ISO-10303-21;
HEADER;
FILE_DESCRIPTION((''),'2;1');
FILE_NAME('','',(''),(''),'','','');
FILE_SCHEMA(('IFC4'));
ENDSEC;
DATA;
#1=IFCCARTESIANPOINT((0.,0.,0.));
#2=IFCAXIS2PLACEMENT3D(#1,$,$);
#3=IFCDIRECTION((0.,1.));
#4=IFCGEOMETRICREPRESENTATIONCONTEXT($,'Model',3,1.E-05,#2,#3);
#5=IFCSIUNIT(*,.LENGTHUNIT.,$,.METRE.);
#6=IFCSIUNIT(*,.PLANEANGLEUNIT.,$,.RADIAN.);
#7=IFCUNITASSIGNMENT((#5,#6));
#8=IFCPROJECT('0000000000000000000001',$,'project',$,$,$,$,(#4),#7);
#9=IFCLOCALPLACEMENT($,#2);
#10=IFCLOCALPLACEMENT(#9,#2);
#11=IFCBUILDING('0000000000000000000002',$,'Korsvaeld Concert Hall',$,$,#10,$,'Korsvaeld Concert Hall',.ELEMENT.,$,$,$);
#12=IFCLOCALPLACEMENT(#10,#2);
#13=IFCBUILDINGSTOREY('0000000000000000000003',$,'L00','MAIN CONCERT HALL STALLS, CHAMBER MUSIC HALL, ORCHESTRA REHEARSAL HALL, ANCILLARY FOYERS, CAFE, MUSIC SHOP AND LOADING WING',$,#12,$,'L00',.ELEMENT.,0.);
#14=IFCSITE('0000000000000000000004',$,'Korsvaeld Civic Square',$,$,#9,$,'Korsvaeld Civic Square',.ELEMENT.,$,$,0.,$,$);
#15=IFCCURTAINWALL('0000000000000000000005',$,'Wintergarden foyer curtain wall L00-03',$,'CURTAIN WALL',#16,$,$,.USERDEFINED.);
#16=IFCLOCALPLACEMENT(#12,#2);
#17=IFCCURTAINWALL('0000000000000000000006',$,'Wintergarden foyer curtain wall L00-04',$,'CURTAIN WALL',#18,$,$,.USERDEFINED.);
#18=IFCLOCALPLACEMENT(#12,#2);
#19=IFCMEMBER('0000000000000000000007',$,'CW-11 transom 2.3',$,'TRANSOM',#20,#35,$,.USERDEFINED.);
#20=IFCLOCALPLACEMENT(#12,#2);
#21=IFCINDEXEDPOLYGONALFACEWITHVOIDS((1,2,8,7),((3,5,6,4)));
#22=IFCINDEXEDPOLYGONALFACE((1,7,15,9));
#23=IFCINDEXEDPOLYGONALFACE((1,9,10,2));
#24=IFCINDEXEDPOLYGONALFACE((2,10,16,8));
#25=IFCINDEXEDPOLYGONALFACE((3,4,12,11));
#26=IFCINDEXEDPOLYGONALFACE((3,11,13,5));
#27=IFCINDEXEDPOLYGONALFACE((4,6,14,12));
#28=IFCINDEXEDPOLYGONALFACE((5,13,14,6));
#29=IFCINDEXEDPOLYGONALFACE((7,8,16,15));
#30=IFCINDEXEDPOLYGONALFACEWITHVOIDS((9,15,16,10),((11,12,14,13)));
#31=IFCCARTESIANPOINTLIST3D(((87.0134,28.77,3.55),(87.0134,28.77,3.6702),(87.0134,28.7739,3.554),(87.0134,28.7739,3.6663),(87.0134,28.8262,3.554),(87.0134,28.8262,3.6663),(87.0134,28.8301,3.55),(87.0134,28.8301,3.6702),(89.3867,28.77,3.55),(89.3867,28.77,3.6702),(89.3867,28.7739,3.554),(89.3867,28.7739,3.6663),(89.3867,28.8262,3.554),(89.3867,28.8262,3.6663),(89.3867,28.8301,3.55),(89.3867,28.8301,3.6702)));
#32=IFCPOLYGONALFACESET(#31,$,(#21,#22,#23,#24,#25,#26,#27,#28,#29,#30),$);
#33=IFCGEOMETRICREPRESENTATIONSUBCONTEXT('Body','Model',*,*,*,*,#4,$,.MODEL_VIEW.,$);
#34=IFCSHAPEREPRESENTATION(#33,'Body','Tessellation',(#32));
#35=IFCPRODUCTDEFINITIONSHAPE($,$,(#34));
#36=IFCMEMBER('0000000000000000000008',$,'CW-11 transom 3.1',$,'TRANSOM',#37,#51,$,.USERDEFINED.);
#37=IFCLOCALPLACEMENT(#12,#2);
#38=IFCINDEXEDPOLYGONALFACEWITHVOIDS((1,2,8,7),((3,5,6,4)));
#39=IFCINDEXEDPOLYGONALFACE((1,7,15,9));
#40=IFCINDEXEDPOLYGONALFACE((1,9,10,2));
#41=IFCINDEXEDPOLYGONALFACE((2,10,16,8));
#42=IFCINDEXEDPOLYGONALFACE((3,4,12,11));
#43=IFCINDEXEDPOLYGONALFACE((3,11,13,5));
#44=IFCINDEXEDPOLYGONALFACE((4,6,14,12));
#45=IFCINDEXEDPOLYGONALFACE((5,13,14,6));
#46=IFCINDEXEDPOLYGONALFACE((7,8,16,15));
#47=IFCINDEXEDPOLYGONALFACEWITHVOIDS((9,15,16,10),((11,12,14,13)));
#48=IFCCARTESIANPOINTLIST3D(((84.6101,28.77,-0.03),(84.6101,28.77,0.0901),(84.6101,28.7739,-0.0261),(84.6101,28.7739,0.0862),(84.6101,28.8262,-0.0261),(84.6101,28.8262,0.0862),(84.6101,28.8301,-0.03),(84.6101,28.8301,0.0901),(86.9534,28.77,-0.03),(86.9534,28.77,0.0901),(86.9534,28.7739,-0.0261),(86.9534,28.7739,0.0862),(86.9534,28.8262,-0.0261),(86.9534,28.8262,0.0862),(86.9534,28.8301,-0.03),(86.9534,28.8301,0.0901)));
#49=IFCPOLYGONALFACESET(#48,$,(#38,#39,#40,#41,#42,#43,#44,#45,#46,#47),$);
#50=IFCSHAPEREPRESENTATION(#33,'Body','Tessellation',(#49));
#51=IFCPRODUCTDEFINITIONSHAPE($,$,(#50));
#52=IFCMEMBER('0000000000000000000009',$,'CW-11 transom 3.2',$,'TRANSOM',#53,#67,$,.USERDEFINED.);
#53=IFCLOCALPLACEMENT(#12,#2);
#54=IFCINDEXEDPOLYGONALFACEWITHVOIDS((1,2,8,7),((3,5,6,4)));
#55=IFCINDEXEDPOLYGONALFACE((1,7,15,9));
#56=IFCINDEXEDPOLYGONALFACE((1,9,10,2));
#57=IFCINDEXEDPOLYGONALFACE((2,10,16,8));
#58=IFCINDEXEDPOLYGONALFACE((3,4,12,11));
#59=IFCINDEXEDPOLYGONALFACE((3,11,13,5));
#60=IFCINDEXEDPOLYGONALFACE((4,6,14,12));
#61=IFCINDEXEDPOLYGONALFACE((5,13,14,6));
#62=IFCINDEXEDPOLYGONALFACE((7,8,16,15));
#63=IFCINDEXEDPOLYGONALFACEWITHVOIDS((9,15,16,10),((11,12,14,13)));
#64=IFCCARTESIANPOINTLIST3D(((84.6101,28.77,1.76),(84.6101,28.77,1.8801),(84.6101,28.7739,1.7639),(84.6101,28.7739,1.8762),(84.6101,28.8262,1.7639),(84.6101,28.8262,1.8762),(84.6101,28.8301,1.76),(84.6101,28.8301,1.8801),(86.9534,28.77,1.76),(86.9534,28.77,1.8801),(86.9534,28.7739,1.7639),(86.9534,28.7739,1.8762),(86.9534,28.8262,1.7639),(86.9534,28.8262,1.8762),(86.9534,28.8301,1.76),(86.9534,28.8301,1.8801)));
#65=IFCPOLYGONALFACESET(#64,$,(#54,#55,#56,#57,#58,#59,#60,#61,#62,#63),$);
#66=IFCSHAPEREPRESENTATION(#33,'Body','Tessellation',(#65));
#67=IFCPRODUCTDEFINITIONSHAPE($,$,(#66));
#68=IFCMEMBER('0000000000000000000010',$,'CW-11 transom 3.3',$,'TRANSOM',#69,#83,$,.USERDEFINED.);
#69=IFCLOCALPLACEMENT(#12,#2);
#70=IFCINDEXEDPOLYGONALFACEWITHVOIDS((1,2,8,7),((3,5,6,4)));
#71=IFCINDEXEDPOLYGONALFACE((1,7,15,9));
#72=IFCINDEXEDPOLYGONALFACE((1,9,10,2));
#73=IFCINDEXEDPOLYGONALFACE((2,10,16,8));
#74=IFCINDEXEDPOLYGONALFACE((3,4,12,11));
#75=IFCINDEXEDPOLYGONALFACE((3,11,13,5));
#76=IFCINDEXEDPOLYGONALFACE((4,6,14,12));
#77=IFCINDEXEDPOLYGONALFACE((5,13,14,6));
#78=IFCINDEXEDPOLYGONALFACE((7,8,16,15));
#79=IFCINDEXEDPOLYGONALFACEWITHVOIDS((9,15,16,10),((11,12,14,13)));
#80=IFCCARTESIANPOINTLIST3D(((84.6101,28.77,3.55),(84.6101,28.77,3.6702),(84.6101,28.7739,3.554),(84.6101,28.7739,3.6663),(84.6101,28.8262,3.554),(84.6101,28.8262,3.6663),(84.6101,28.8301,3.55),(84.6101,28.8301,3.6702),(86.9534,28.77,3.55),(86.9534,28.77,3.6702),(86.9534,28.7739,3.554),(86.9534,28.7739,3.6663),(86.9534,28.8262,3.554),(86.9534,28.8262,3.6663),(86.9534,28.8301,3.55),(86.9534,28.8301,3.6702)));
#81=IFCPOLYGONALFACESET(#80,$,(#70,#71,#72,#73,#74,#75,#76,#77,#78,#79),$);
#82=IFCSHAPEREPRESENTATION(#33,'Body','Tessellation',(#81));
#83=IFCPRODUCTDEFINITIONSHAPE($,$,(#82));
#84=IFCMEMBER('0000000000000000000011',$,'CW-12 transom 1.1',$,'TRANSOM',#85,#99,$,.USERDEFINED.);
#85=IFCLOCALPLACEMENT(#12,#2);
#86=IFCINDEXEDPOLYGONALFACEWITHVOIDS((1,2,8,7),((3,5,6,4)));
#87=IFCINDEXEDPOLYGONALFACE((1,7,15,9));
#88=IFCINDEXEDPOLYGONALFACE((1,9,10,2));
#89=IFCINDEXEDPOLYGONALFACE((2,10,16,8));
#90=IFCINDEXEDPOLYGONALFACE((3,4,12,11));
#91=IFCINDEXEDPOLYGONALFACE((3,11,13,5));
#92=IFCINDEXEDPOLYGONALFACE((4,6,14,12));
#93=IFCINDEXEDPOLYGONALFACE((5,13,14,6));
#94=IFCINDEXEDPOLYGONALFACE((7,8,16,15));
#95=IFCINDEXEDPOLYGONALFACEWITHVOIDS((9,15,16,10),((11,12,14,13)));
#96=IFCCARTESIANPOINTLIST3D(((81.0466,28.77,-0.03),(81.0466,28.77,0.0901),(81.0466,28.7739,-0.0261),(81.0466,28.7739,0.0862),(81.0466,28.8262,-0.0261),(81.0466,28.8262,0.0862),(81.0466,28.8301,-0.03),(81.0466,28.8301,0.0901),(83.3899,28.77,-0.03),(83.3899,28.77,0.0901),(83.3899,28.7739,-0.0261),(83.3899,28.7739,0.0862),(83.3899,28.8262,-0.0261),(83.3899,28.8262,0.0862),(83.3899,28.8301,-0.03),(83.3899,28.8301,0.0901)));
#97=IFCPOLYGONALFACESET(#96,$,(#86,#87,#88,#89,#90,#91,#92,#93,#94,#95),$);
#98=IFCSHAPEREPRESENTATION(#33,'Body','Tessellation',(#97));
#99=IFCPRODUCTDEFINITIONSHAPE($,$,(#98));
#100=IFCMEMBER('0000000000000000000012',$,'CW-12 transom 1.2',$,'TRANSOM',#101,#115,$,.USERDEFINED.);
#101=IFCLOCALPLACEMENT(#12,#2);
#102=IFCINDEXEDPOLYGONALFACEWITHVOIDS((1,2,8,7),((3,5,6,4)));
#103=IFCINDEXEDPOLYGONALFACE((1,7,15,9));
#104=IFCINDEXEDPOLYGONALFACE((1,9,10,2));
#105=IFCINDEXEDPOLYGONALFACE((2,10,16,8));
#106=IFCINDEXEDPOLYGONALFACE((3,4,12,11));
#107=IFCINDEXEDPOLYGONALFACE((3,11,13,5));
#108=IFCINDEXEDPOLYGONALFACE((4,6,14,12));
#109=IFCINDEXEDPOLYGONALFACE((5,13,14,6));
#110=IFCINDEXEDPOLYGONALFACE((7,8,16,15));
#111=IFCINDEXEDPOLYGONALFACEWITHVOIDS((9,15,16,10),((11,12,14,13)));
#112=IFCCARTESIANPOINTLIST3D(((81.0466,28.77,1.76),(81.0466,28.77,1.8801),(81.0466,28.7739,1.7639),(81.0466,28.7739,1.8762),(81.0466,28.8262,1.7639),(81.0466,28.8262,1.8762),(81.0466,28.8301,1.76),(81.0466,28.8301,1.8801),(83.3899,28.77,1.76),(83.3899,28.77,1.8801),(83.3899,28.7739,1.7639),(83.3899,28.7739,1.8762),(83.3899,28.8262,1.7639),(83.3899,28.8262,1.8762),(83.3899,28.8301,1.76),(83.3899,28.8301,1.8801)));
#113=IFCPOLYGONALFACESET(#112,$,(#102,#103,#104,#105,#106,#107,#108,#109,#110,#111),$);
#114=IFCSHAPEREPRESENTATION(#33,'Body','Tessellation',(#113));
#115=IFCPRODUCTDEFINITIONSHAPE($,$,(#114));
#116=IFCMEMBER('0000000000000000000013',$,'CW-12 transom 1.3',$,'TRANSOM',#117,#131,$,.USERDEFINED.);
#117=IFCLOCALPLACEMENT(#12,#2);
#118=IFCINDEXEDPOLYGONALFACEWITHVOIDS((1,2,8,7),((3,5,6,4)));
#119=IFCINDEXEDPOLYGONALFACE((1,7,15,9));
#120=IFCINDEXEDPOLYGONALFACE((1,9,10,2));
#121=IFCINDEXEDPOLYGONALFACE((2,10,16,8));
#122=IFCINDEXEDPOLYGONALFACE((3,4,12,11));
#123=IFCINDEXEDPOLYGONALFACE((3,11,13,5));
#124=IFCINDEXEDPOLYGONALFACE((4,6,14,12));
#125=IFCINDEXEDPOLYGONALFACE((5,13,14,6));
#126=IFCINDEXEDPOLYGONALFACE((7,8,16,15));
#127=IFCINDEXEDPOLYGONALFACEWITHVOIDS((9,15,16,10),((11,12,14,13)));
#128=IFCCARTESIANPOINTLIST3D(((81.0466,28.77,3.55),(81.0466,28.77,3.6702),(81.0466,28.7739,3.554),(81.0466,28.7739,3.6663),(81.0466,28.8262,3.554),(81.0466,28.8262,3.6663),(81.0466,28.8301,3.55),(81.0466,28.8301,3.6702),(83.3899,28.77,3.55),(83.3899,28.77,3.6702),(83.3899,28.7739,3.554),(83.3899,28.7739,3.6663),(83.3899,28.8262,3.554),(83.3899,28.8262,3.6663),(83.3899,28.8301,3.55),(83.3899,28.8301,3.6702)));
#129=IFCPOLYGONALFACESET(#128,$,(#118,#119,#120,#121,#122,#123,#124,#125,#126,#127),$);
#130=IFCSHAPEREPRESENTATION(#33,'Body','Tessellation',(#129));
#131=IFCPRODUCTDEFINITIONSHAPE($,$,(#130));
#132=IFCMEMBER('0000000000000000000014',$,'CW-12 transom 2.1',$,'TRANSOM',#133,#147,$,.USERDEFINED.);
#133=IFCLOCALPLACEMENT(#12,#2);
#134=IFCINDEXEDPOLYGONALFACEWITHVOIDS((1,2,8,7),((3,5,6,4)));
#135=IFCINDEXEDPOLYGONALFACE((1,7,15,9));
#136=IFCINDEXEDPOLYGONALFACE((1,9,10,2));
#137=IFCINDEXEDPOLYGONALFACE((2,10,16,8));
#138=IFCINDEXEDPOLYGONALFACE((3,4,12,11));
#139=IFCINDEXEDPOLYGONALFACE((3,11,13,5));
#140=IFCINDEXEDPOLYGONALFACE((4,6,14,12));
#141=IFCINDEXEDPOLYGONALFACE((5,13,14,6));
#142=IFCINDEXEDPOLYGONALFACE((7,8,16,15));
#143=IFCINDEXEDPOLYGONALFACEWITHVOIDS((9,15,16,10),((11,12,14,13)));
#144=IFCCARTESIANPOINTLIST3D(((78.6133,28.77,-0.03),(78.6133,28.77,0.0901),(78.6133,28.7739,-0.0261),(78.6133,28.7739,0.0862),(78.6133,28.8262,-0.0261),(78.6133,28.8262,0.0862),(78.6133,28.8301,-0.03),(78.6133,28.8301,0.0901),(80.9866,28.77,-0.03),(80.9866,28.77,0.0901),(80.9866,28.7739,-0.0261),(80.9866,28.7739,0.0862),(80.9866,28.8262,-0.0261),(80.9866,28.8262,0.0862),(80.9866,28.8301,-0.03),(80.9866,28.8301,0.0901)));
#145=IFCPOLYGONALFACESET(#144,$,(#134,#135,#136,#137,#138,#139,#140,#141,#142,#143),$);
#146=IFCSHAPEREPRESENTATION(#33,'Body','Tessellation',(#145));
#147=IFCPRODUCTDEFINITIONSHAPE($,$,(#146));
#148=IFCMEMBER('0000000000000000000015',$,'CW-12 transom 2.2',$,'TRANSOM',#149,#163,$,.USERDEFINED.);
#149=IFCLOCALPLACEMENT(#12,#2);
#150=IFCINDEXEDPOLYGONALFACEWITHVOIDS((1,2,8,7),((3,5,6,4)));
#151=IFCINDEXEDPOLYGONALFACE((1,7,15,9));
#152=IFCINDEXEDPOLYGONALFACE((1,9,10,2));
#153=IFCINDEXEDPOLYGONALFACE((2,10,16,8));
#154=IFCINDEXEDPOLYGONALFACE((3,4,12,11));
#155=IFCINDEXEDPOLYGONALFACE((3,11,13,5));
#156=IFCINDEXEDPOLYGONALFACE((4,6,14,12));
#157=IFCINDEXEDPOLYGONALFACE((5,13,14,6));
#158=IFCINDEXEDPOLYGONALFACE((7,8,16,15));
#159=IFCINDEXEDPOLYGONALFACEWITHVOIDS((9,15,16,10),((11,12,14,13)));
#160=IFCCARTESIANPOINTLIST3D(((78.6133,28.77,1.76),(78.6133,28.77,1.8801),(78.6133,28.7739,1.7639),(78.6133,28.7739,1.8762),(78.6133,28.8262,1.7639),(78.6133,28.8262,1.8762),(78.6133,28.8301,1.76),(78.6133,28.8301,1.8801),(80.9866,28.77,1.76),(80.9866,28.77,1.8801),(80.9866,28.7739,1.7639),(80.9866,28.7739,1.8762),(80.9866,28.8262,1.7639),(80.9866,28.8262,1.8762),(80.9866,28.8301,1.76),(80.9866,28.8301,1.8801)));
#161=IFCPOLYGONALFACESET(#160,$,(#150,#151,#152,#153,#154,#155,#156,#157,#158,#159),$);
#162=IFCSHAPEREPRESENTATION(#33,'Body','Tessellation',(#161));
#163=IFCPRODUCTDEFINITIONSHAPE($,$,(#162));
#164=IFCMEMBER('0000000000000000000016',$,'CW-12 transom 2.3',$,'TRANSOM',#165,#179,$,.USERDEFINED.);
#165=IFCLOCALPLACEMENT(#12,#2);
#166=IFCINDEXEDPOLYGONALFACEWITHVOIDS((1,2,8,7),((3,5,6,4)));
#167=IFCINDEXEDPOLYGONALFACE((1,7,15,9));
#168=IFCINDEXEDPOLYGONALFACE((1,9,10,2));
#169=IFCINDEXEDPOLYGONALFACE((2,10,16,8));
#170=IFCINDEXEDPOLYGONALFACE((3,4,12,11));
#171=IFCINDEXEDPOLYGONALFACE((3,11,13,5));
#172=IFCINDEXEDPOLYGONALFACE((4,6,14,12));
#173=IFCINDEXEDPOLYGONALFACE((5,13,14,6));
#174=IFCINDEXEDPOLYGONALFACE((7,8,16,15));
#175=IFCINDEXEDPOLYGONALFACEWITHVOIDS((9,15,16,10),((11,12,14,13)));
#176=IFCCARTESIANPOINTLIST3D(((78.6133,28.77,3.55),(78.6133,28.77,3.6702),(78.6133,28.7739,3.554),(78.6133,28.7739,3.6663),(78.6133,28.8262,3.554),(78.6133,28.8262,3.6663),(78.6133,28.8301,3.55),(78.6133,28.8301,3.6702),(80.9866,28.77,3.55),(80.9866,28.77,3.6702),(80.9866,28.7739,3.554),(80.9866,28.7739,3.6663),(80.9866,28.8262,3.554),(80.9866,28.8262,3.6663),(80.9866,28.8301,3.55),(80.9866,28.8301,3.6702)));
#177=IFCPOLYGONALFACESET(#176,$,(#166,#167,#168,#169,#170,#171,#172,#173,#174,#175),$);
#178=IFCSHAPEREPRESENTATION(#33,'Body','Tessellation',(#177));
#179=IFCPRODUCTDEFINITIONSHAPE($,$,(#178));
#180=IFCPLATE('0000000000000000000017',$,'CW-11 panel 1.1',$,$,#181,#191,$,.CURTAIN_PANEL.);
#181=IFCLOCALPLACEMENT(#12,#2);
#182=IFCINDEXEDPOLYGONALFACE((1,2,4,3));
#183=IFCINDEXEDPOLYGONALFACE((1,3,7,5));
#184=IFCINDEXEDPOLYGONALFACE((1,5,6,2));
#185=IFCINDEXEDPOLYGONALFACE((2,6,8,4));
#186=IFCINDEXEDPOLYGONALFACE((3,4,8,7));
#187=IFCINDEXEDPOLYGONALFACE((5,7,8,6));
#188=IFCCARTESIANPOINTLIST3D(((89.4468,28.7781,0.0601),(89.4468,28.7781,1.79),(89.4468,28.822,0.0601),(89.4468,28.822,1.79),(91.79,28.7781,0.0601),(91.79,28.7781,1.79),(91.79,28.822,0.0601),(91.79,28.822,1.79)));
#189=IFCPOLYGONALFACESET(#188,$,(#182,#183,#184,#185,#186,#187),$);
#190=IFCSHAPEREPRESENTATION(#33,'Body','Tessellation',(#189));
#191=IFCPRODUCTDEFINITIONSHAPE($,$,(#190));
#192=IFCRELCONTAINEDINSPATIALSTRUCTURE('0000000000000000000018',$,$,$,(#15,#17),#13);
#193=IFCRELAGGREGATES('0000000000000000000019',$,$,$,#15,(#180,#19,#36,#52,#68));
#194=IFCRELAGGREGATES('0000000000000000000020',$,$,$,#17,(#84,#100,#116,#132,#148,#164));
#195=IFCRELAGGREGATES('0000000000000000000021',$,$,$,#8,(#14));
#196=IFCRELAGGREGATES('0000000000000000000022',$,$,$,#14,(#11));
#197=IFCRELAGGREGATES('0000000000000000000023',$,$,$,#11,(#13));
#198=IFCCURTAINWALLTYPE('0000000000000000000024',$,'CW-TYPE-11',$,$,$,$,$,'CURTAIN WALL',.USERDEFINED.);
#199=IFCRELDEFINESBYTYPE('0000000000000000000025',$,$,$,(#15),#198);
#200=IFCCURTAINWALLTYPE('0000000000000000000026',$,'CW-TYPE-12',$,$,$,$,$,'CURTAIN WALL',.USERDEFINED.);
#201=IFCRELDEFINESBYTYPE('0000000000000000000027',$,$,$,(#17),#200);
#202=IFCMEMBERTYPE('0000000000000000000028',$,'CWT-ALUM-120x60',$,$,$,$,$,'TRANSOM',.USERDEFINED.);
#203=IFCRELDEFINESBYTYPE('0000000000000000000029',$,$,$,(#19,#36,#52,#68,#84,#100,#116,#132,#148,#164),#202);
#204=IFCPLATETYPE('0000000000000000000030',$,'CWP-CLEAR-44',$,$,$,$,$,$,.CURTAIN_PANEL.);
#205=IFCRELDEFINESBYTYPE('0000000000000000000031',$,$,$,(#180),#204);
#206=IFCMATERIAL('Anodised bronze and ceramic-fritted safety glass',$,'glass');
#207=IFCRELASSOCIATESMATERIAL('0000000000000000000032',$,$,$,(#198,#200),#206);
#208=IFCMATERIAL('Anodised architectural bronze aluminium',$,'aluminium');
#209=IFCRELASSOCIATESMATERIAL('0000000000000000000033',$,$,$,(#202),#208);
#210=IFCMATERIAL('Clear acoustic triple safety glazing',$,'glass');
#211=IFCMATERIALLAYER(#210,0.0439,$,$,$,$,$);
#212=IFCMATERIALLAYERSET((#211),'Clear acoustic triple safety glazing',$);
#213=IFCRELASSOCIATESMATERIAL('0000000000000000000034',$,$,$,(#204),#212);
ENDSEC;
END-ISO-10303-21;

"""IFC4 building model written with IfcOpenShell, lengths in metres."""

from ifc_helpers import new_model, si_unit, direction, frame, origin, origin_2d, place, context, subcontext, project, spatial, rectangle, hollow_rectangle, extrude, material, layer, layer_set, material_profile, profile_set, type_object, element, aggregate, save


model = new_model("IFC4")

# Units and contexts
model_context = context("Model", 3, precision=1e-05, world=origin(), true_north=direction((0.0, 1.0)))
body_context = subcontext(model_context, "Body", "Model", "MODEL_VIEW")
ifc_project = project(units=[si_unit("LENGTHUNIT", "METRE"), si_unit("PLANEANGLEUNIT", "RADIAN")], contexts=[model_context])

# Site, building, storey
site_placement = place(None, origin())
site = spatial("IfcSite", under=ifc_project, at=site_placement, Name="Korsvaeld Civic Square", LongName="Korsvaeld Civic Square", CompositionType="ELEMENT", RefElevation=0.0)
building_placement = place(site_placement, origin())
building = spatial("IfcBuilding", under=site, at=building_placement, Name="Korsvaeld Concert Hall", LongName="Korsvaeld Concert Hall", CompositionType="ELEMENT")
storey_placement = place(building_placement, origin())
storey = spatial("IfcBuildingStorey", under=building, at=storey_placement, Name="L00", Description="MAIN CONCERT HALL STALLS, CHAMBER MUSIC HALL, ORCHESTRA REHEARSAL HALL, ANCILLARY FOYERS, CAFE, MUSIC SHOP AND LOADING WING", LongName="L00", CompositionType="ELEMENT", Elevation=0.0)

# Curtain walls
ifc_material_1 = material(Name="Anodised bronze and ceramic-fritted safety glass", Category="glass")
curtain_wall_type_1 = type_object("IfcCurtainWallType", Name="CW-TYPE-11", ElementType="CURTAIN WALL", PredefinedType="USERDEFINED", material=ifc_material_1)
curtain_wall_1_placement = place(storey_placement, origin())
curtain_wall_1 = element("IfcCurtainWall", 1, at=curtain_wall_1_placement, inside=storey, type_object=curtain_wall_type_1, Name="Wintergarden foyer curtain wall L00-03", ObjectType="CURTAIN WALL", PredefinedType="USERDEFINED")
ifc_material_2 = material(Name="Anodised architectural bronze aluminium", Category="aluminium")
curtain_wall_type_2 = type_object("IfcCurtainWallType", Name="CW-TYPE-12", ElementType="CURTAIN WALL", PredefinedType="USERDEFINED", material=ifc_material_1)
curtain_wall_2_placement = place(storey_placement, origin())
curtain_wall_2 = element("IfcCurtainWall", 2, at=curtain_wall_2_placement, inside=storey, type_object=curtain_wall_type_2, Name="Wintergarden foyer curtain wall L00-04", ObjectType="CURTAIN WALL", PredefinedType="USERDEFINED")

# Members
ifc_material_profile_1 = material_profile(ifc_material_2, hollow_rectangle(XDim=0.0601, YDim=0.1201, WallThickness=0.0039, at=origin_2d()), Name="CWT 120x60x4")
ifc_profile_set_1 = profile_set([ifc_material_profile_1], Name="Anodised architectural bronze aluminium")
member_type_1 = type_object("IfcMemberType", Name="CWT-ALUM-120x60", ElementType="TRANSOM", PredefinedType="USERDEFINED", material=ifc_profile_set_1)
member_1_placement = place(storey_placement, frame((89.3867, 28.8, 3.6101), z_axis=(-1.0, 0.0, 0.0), x_axis=(0.0, -1.0, 0.0)))
member_1 = element("IfcMember", 3, at=member_1_placement, type_object=member_type_1, Name="CW-11 transom 2.3", ObjectType="TRANSOM", PredefinedType="USERDEFINED", context=body_context, shape_type="SweptSolid", body=[
    extrude(hollow_rectangle(XDim=0.0601, YDim=0.1201, WallThickness=0.0039, at=origin_2d()), origin(), (0.0, 0.0, 1.0), 2.3733),
])
member_2_placement = place(storey_placement, frame((86.9534, 28.8, 0.03), z_axis=(-1.0, 0.0, 0.0), x_axis=(0.0, -1.0, 0.0)))
member_2 = element("IfcMember", 4, at=member_2_placement, type_object=member_type_1, Name="CW-11 transom 3.1", ObjectType="TRANSOM", PredefinedType="USERDEFINED", context=body_context, shape_type="SweptSolid", body=[
    extrude(hollow_rectangle(XDim=0.0601, YDim=0.1201, WallThickness=0.0039, at=origin_2d()), origin(), (0.0, 0.0, 1.0), 2.3433),
])
member_3_placement = place(storey_placement, frame((86.9534, 28.8, 1.8201), z_axis=(-1.0, 0.0, 0.0), x_axis=(0.0, -1.0, 0.0)))
member_3 = element("IfcMember", 5, at=member_3_placement, type_object=member_type_1, Name="CW-11 transom 3.2", ObjectType="TRANSOM", PredefinedType="USERDEFINED", context=body_context, shape_type="SweptSolid", body=[
    extrude(hollow_rectangle(XDim=0.0601, YDim=0.1201, WallThickness=0.0039, at=origin_2d()), origin(), (0.0, 0.0, 1.0), 2.3433),
])
member_4_placement = place(storey_placement, frame((86.9534, 28.8, 3.6101), z_axis=(-1.0, 0.0, 0.0), x_axis=(0.0, -1.0, 0.0)))
member_4 = element("IfcMember", 6, at=member_4_placement, type_object=member_type_1, Name="CW-11 transom 3.3", ObjectType="TRANSOM", PredefinedType="USERDEFINED", context=body_context, shape_type="SweptSolid", body=[
    extrude(hollow_rectangle(XDim=0.0601, YDim=0.1201, WallThickness=0.0039, at=origin_2d()), origin(), (0.0, 0.0, 1.0), 2.3433),
])
member_5_placement = place(storey_placement, frame((83.3899, 28.8, 0.03), z_axis=(-1.0, 0.0, 0.0), x_axis=(0.0, -1.0, 0.0)))
member_5 = element("IfcMember", 7, at=member_5_placement, type_object=member_type_1, Name="CW-12 transom 1.1", ObjectType="TRANSOM", PredefinedType="USERDEFINED", context=body_context, shape_type="SweptSolid", body=[
    extrude(hollow_rectangle(XDim=0.0601, YDim=0.1201, WallThickness=0.0039, at=origin_2d()), origin(), (0.0, 0.0, 1.0), 2.3433),
])
member_6_placement = place(storey_placement, frame((83.3899, 28.8, 1.8201), z_axis=(-1.0, 0.0, 0.0), x_axis=(0.0, -1.0, 0.0)))
member_6 = element("IfcMember", 8, at=member_6_placement, type_object=member_type_1, Name="CW-12 transom 1.2", ObjectType="TRANSOM", PredefinedType="USERDEFINED", context=body_context, shape_type="SweptSolid", body=[
    extrude(hollow_rectangle(XDim=0.0601, YDim=0.1201, WallThickness=0.0039, at=origin_2d()), origin(), (0.0, 0.0, 1.0), 2.3433),
])
member_7_placement = place(storey_placement, frame((83.3899, 28.8, 3.6101), z_axis=(-1.0, 0.0, 0.0), x_axis=(0.0, -1.0, 0.0)))
member_7 = element("IfcMember", 9, at=member_7_placement, type_object=member_type_1, Name="CW-12 transom 1.3", ObjectType="TRANSOM", PredefinedType="USERDEFINED", context=body_context, shape_type="SweptSolid", body=[
    extrude(hollow_rectangle(XDim=0.0601, YDim=0.1201, WallThickness=0.0039, at=origin_2d()), origin(), (0.0, 0.0, 1.0), 2.3433),
])
member_8_placement = place(storey_placement, frame((80.9866, 28.8, 0.03), z_axis=(-1.0, 0.0, 0.0), x_axis=(0.0, -1.0, 0.0)))
member_8 = element("IfcMember", 10, at=member_8_placement, type_object=member_type_1, Name="CW-12 transom 2.1", ObjectType="TRANSOM", PredefinedType="USERDEFINED", context=body_context, shape_type="SweptSolid", body=[
    extrude(hollow_rectangle(XDim=0.0601, YDim=0.1201, WallThickness=0.0039, at=origin_2d()), origin(), (0.0, 0.0, 1.0), 2.3733),
])
member_9_placement = place(storey_placement, frame((80.9866, 28.8, 1.8201), z_axis=(-1.0, 0.0, 0.0), x_axis=(0.0, -1.0, 0.0)))
member_9 = element("IfcMember", 11, at=member_9_placement, type_object=member_type_1, Name="CW-12 transom 2.2", ObjectType="TRANSOM", PredefinedType="USERDEFINED", context=body_context, shape_type="SweptSolid", body=[
    extrude(hollow_rectangle(XDim=0.0601, YDim=0.1201, WallThickness=0.0039, at=origin_2d()), origin(), (0.0, 0.0, 1.0), 2.3733),
])
member_10_placement = place(storey_placement, frame((80.9866, 28.8, 3.6101), z_axis=(-1.0, 0.0, 0.0), x_axis=(0.0, -1.0, 0.0)))
member_10 = element("IfcMember", 12, at=member_10_placement, type_object=member_type_1, Name="CW-12 transom 2.3", ObjectType="TRANSOM", PredefinedType="USERDEFINED", context=body_context, shape_type="SweptSolid", body=[
    extrude(hollow_rectangle(XDim=0.0601, YDim=0.1201, WallThickness=0.0039, at=origin_2d()), origin(), (0.0, 0.0, 1.0), 2.3733),
])

# Plate
ifc_material_3 = material(Name="Clear acoustic triple safety glazing", Category="glass")
ifc_layer = layer(ifc_material_3, 0.0439)
ifc_layer_set = layer_set([ifc_layer], Name="Clear acoustic triple safety glazing")
plate_type = type_object("IfcPlateType", Name="CWP-CLEAR-44", PredefinedType="CURTAIN_PANEL", material=ifc_layer_set)
plate_1_placement = place(storey_placement, frame((90.6184, 28.8, 0.0601), z_axis=(0.0, 0.0, 1.0), x_axis=(-1.0, 0.0, 0.0)))
plate_1 = element("IfcPlate", 13, at=plate_1_placement, type_object=plate_type, Name="CW-11 panel 1.1", PredefinedType="CURTAIN_PANEL", context=body_context, shape_type="SweptSolid", body=[
    extrude(rectangle(XDim=2.3433, YDim=0.0439, at=origin_2d()), origin(), (0.0, 0.0, 1.0), 1.73),
])
aggregate(curtain_wall_1, [plate_1, member_1, member_2, member_3, member_4])
aggregate(curtain_wall_2, [member_5, member_6, member_7, member_8, member_9, member_10])

save(model, "model.ifc")
